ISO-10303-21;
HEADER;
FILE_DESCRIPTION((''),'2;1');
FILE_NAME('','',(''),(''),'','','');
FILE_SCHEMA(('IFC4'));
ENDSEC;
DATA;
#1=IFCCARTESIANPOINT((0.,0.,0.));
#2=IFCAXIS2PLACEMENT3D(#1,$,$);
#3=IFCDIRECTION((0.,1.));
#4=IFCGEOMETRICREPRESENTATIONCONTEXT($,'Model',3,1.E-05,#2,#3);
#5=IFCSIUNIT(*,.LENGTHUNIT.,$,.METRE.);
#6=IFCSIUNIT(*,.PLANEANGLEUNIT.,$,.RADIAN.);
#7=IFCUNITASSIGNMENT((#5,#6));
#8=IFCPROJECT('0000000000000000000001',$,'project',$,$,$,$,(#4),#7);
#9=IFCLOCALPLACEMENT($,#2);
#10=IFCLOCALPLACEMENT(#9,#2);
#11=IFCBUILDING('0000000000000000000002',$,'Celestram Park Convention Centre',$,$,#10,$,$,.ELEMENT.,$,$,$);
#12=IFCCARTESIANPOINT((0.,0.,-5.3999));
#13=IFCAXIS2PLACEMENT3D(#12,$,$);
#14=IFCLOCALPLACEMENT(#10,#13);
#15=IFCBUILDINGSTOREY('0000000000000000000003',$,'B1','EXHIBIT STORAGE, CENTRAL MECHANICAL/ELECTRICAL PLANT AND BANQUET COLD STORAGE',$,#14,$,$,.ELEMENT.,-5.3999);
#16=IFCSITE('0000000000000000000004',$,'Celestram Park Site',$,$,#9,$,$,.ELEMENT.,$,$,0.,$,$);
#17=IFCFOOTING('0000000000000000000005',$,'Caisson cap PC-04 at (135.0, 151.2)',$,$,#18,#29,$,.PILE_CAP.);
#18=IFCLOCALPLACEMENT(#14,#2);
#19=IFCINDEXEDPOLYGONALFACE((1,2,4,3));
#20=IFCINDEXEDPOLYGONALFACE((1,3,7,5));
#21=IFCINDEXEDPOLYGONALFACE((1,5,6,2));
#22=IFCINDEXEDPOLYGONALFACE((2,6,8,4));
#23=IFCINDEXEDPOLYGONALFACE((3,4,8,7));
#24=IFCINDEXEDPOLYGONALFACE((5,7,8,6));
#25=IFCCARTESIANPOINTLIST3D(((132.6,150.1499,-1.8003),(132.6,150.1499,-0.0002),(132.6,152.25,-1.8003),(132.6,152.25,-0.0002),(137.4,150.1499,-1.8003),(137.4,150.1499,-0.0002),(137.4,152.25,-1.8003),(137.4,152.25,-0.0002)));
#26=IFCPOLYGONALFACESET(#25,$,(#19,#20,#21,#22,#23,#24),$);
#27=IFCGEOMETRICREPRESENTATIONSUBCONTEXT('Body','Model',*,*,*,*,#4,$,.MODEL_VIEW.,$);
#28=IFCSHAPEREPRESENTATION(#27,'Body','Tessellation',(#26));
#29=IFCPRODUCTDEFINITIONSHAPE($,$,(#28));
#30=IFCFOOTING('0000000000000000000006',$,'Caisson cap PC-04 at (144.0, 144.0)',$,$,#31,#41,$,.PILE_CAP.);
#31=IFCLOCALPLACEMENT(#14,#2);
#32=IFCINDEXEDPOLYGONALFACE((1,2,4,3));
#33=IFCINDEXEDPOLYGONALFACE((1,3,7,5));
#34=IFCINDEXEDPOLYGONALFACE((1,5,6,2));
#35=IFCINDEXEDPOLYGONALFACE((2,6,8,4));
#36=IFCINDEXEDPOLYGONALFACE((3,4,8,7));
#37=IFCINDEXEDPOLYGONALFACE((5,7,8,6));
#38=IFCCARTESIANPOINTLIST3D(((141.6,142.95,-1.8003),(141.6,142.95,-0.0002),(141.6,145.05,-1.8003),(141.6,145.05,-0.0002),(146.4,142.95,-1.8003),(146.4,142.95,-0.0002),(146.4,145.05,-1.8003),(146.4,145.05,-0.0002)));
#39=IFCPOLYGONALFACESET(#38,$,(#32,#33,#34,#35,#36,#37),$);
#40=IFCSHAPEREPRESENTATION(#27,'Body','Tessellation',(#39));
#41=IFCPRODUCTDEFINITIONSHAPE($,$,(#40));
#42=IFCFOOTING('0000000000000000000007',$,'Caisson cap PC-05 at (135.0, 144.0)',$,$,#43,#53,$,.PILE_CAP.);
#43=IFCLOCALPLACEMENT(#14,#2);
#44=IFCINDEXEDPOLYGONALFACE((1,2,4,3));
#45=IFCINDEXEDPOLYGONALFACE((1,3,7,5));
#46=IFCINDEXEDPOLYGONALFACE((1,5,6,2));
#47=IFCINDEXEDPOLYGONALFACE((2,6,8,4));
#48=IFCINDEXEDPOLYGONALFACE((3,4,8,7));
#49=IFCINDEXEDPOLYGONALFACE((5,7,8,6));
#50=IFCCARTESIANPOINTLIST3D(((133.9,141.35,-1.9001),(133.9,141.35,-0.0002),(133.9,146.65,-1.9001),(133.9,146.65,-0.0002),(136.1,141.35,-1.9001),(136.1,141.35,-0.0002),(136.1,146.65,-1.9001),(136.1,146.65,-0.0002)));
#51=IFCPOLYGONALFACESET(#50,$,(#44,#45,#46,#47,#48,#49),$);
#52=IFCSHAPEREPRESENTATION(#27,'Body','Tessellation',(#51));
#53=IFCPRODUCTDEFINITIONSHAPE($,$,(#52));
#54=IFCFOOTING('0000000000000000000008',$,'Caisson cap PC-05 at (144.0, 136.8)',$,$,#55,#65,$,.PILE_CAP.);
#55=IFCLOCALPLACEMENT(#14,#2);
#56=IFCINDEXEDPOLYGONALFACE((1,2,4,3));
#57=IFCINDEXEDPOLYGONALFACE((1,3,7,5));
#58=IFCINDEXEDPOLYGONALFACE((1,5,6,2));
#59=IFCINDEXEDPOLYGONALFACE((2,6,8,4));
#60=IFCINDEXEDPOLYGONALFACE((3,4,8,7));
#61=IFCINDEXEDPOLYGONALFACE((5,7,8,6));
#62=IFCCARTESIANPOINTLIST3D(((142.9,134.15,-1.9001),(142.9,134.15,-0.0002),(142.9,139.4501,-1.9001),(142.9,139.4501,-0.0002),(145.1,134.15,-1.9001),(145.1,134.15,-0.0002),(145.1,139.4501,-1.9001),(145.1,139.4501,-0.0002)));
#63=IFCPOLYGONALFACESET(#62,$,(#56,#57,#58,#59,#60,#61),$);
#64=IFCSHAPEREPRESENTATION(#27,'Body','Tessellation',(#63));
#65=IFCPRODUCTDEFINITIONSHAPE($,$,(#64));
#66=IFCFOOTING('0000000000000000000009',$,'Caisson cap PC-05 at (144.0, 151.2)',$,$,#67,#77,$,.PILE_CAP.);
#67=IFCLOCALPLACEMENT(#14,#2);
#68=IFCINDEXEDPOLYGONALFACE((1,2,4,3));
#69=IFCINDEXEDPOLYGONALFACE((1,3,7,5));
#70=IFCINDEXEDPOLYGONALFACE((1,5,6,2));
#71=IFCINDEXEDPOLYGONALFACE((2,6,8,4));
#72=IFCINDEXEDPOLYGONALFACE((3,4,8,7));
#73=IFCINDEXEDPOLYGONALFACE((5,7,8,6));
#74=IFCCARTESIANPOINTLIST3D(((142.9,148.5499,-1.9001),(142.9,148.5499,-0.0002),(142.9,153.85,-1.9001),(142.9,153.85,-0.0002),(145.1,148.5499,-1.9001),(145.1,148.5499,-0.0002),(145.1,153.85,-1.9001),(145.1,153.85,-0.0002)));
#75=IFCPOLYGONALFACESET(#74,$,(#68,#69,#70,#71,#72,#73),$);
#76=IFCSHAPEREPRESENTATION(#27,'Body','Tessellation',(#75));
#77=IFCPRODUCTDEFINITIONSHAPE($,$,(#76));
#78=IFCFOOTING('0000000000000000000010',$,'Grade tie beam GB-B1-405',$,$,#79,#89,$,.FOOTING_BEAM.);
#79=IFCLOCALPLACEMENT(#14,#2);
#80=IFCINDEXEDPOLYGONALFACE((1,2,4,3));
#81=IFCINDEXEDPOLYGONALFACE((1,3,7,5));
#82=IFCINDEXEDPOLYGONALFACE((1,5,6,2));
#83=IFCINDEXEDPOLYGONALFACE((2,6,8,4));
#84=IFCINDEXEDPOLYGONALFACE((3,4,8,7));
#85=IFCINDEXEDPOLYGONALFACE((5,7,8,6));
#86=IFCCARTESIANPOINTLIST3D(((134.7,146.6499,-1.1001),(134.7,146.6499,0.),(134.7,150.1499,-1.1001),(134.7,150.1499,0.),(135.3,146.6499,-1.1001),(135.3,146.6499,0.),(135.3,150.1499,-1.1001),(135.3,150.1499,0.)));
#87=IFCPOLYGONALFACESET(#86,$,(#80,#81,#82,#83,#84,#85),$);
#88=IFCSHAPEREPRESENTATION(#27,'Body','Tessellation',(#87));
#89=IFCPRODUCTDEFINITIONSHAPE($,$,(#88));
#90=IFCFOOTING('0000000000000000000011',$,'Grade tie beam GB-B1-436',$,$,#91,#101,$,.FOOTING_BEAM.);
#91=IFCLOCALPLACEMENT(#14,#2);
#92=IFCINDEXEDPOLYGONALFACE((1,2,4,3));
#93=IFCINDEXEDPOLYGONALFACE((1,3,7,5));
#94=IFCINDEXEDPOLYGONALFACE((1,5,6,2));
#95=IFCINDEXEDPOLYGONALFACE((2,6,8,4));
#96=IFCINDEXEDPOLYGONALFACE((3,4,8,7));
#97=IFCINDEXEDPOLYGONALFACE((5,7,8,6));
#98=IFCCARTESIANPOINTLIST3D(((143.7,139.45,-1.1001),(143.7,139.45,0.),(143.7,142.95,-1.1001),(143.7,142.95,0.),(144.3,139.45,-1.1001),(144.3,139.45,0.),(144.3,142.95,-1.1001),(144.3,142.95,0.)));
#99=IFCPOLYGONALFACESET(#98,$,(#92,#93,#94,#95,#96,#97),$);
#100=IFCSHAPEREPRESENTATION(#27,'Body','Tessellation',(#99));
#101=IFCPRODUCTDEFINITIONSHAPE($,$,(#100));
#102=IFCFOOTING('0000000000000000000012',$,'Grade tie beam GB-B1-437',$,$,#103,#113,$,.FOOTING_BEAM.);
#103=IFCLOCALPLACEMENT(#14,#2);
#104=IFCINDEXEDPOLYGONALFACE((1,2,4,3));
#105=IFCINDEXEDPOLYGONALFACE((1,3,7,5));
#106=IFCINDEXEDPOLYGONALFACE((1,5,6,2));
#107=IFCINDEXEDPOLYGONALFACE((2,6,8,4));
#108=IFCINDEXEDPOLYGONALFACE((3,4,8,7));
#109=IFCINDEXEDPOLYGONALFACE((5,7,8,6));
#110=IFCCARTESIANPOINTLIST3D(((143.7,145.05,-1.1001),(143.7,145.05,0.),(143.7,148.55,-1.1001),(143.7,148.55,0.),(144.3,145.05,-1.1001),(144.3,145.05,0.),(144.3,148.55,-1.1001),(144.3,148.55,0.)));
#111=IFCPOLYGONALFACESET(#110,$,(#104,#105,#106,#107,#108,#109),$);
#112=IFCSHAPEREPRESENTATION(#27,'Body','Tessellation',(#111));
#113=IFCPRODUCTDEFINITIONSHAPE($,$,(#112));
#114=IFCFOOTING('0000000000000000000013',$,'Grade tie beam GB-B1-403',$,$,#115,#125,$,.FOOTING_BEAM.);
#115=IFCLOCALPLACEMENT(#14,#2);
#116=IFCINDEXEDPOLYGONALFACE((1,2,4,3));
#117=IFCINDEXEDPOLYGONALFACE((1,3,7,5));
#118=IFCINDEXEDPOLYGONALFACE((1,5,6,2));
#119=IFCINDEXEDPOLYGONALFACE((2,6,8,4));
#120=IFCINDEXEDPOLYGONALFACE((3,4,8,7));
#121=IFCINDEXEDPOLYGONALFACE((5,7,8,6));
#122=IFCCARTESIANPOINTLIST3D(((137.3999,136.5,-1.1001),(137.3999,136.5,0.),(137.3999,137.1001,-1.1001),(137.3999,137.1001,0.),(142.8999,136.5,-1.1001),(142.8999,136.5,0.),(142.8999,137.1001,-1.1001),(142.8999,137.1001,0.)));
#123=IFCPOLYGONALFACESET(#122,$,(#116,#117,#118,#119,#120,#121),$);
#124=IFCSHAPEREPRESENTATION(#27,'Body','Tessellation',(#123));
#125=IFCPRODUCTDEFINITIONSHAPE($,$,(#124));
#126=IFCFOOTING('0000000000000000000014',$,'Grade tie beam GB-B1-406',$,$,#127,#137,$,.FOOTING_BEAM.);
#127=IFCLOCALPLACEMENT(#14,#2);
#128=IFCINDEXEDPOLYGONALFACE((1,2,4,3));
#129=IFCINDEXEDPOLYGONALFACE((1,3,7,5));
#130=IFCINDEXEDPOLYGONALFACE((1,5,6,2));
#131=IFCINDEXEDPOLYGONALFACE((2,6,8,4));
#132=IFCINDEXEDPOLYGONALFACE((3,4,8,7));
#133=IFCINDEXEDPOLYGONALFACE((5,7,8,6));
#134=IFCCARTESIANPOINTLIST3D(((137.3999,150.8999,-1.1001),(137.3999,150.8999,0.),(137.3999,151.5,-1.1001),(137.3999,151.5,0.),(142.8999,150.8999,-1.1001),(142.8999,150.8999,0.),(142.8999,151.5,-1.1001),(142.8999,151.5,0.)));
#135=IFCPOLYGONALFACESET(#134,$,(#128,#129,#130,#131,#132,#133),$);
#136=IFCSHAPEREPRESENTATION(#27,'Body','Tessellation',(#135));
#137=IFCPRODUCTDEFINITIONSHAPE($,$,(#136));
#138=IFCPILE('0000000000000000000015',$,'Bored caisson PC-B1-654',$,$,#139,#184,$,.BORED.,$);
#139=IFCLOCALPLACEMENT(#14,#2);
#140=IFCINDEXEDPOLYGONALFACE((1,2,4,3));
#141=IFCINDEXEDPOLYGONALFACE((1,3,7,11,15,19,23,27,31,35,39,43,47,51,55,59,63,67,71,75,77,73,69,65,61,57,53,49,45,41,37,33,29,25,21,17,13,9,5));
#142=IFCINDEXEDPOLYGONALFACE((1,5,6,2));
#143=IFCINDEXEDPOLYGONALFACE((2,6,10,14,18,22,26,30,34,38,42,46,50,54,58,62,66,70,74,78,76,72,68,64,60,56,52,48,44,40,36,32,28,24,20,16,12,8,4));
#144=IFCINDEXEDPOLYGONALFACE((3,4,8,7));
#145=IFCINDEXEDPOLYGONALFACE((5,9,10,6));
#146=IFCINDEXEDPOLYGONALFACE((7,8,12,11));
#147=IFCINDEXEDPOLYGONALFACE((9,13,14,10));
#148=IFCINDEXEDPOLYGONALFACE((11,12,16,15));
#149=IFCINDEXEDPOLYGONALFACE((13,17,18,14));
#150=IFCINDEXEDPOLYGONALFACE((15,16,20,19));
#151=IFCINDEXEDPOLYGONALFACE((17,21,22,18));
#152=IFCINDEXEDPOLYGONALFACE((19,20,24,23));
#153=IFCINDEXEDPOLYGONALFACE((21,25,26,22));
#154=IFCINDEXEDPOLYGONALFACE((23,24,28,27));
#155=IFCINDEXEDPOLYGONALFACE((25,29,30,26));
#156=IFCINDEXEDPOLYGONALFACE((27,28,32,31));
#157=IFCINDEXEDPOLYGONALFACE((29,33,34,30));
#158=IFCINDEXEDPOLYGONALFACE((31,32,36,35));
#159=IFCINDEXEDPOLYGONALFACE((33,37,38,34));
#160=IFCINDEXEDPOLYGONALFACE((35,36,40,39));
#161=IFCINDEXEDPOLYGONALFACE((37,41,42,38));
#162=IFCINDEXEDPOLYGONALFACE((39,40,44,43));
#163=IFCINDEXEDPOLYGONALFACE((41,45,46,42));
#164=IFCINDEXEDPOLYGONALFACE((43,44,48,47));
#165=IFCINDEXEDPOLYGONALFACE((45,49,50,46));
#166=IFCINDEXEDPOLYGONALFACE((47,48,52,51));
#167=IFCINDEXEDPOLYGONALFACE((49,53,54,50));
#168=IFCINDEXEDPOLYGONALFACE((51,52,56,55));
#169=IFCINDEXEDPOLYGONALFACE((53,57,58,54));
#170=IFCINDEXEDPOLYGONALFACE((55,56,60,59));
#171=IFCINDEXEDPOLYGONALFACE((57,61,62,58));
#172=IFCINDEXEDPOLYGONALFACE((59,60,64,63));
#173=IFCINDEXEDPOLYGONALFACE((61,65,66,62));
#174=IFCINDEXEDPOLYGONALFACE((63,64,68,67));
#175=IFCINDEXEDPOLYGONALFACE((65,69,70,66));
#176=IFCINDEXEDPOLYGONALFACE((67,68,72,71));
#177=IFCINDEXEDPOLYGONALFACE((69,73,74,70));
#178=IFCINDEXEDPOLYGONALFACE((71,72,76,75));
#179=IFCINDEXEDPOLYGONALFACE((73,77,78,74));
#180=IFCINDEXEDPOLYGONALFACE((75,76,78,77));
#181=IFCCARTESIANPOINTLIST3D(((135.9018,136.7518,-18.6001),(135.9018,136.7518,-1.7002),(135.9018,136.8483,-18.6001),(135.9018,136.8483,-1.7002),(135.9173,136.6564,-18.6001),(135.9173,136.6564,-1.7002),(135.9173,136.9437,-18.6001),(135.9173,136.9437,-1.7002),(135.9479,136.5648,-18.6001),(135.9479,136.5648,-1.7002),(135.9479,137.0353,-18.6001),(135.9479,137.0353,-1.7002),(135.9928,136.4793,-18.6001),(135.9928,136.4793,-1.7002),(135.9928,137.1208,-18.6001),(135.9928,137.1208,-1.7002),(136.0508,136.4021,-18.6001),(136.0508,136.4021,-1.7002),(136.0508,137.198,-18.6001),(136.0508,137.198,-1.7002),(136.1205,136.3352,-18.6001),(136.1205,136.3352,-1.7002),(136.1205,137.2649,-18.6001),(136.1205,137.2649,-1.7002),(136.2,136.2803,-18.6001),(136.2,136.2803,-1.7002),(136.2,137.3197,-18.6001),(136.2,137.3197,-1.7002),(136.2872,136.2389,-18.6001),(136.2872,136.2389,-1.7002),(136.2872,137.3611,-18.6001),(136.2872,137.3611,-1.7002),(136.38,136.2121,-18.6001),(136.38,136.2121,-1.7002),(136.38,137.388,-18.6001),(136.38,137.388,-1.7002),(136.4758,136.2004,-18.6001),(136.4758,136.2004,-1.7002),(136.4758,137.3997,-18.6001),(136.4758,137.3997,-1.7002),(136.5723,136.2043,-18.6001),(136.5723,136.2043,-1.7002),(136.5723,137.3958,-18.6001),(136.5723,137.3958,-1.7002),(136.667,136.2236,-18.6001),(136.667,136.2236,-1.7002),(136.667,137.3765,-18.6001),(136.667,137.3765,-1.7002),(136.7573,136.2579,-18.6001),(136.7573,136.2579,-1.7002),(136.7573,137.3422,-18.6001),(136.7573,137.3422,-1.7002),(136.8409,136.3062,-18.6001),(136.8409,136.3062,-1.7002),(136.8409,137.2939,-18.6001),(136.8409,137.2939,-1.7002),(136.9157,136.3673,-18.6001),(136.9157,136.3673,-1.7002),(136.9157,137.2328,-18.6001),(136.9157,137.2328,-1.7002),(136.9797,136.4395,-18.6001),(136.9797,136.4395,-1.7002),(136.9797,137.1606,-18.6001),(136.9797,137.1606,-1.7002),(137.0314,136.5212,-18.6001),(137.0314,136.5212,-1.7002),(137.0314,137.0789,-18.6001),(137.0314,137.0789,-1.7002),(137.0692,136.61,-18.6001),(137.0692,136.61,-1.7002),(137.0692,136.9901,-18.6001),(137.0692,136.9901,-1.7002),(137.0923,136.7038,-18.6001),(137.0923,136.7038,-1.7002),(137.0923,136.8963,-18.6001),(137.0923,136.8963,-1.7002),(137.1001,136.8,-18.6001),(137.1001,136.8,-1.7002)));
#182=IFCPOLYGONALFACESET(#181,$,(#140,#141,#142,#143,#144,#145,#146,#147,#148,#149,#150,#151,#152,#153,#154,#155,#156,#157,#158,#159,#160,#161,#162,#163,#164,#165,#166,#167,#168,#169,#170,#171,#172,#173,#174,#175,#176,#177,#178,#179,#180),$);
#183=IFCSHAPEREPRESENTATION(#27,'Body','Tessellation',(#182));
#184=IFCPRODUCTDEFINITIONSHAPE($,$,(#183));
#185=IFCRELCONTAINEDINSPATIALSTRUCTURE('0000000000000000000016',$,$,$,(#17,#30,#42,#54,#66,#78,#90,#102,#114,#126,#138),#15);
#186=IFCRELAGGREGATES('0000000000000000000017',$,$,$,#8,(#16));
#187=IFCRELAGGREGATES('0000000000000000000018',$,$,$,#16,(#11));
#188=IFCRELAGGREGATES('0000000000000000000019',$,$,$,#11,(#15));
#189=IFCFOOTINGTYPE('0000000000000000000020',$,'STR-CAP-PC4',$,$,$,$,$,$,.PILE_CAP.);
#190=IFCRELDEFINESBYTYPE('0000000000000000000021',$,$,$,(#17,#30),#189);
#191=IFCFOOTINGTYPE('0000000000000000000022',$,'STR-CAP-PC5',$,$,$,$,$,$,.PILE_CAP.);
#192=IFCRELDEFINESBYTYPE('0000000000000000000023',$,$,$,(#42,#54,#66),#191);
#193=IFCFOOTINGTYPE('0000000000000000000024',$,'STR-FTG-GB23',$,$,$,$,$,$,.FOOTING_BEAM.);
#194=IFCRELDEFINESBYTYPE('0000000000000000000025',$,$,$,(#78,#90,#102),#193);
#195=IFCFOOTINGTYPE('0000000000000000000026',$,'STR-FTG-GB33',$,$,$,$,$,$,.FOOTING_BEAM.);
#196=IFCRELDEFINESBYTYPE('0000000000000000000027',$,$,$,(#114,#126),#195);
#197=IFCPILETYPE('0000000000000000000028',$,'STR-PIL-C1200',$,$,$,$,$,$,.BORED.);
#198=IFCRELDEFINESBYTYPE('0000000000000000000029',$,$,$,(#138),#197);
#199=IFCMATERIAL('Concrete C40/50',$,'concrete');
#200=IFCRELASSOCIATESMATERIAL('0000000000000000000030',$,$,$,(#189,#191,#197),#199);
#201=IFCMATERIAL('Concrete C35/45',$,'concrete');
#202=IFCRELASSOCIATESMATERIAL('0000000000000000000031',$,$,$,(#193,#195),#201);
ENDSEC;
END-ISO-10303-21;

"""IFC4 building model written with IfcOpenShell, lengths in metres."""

from ifc_helpers import new_model, si_unit, direction, frame, origin, origin_2d, place, context, subcontext, project, spatial, rectangle, circle, extrude, material, material_profile, profile_set, type_object, element, save


model = new_model("IFC4")

# Units and contexts
model_context = context("Model", 3, precision=1e-05, world=origin(), true_north=direction((0.0, 1.0)))
body_context = subcontext(model_context, "Body", "Model", "MODEL_VIEW")
ifc_project = project(units=[si_unit("LENGTHUNIT", "METRE"), si_unit("PLANEANGLEUNIT", "RADIAN")], contexts=[model_context])

# Site, building, storey
site_placement = place(None, origin())
site = spatial("IfcSite", under=ifc_project, at=site_placement, Name="Celestram Park Site", CompositionType="ELEMENT", RefElevation=0.0)
building_placement = place(site_placement, origin())
building = spatial("IfcBuilding", under=site, at=building_placement, Name="Celestram Park Convention Centre", CompositionType="ELEMENT")
storey_placement = place(building_placement, frame((0.0, 0.0, -5.3999)))
storey = spatial("IfcBuildingStorey", under=building, at=storey_placement, Name="B1", Description="EXHIBIT STORAGE, CENTRAL MECHANICAL/ELECTRICAL PLANT AND BANQUET COLD STORAGE", CompositionType="ELEMENT", Elevation=-5.3999)

# Footings
ifc_material_1 = material(Name="Concrete C40/50", Category="concrete")
footing_type_1 = type_object("IfcFootingType", Name="STR-CAP-PC4", PredefinedType="PILE_CAP", material=ifc_material_1)
for number, where, z_axis, x_axis, name in (
    (1, (135.0, 151.2, -1.8003), (0.0, 0.0, 1.0), (1.0, 0.0, 0.0), "Caisson cap PC-04 at (135.0, 151.2)"),
    (2, (144.0, 144.0, -1.8003), (0.0, 0.0, 1.0), (1.0, 0.0, 0.0), "Caisson cap PC-04 at (144.0, 144.0)"),
):
    element("IfcFooting", number, at=place(storey_placement, frame(where, z_axis=z_axis, x_axis=x_axis)), inside=storey, type_object=footing_type_1, Name=name, PredefinedType="PILE_CAP", context=body_context, shape_type="SweptSolid", body=[
        extrude(rectangle(XDim=4.8, YDim=2.1001, at=origin_2d()), origin(), (0.0, 0.0, 1.0), 1.8),
    ])
footing_type_2 = type_object("IfcFootingType", Name="STR-CAP-PC5", PredefinedType="PILE_CAP", material=ifc_material_1)
for number, where, z_axis, x_axis, name in (
    (3, (135.0, 144.0, -1.9001), (0.0, 0.0, 1.0), (1.0, 0.0, 0.0), "Caisson cap PC-05 at (135.0, 144.0)"),
    (4, (144.0, 136.8, -1.9001), (0.0, 0.0, 1.0), (1.0, 0.0, 0.0), "Caisson cap PC-05 at (144.0, 136.8)"),
    (5, (144.0, 151.2, -1.9001), (0.0, 0.0, 1.0), (1.0, 0.0, 0.0), "Caisson cap PC-05 at (144.0, 151.2)"),
):
    element("IfcFooting", number, at=place(storey_placement, frame(where, z_axis=z_axis, x_axis=x_axis)), inside=storey, type_object=footing_type_2, Name=name, PredefinedType="PILE_CAP", context=body_context, shape_type="SweptSolid", body=[
        extrude(rectangle(XDim=2.2, YDim=5.3, at=origin_2d()), origin(), (0.0, 0.0, 1.0), 1.8999),
    ])
ifc_material_2 = material(Name="Concrete C35/45", Category="concrete")
footing_type_3 = type_object("IfcFootingType", Name="STR-FTG-GB23", PredefinedType="FOOTING_BEAM", material=ifc_material_2)
for number, where, z_axis, x_axis, name in (
    (6, (135.0, 148.3999, -1.1001), (0.0, 0.0, 1.0), (0.0, 1.0, 0.0), "Grade tie beam GB-B1-405"),
    (7, (144.0, 141.2, -1.1001), (0.0, 0.0, 1.0), (0.0, 1.0, 0.0), "Grade tie beam GB-B1-436"),
    (8, (144.0, 146.8, -1.1001), (0.0, 0.0, 1.0), (0.0, 1.0, 0.0), "Grade tie beam GB-B1-437"),
):
    element("IfcFooting", number, at=place(storey_placement, frame(where, z_axis=z_axis, x_axis=x_axis)), inside=storey, type_object=footing_type_3, Name=name, PredefinedType="FOOTING_BEAM", context=body_context, shape_type="SweptSolid", body=[
        extrude(rectangle(XDim=3.5, YDim=0.6001, at=origin_2d()), origin(), (0.0, 0.0, 1.0), 1.1001),
    ])
footing_type_4 = type_object("IfcFootingType", Name="STR-FTG-GB33", PredefinedType="FOOTING_BEAM", material=ifc_material_2)
for number, where, z_axis, x_axis, name in (
    (9, (140.1499, 136.8, -1.1001), (0.0, 0.0, 1.0), (1.0, 0.0, 0.0), "Grade tie beam GB-B1-403"),
    (10, (140.1499, 151.2, -1.1001), (0.0, 0.0, 1.0), (1.0, 0.0, 0.0), "Grade tie beam GB-B1-406"),
):
    element("IfcFooting", number, at=place(storey_placement, frame(where, z_axis=z_axis, x_axis=x_axis)), inside=storey, type_object=footing_type_4, Name=name, PredefinedType="FOOTING_BEAM", context=body_context, shape_type="SweptSolid", body=[
        extrude(rectangle(XDim=5.5, YDim=0.6001, at=origin_2d()), origin(), (0.0, 0.0, 1.0), 1.1001),
    ])

# Pile
ifc_material_profile_1 = material_profile(ifc_material_1, circle(Radius=0.6001, at=origin_2d()), Name="CAISSON1200")
ifc_profile_set_1 = profile_set([ifc_material_profile_1], Name="Concrete C40/50")
pile_type_1 = type_object("IfcPileType", Name="STR-PIL-C1200", PredefinedType="BORED", material=ifc_profile_set_1)
for number, where, z_axis, x_axis, name in (
    (11, (136.5, 136.8, -1.7002), (0.0, 0.0, -1.0), (1.0, 0.0, 0.0), "Bored caisson PC-B1-654"),
):
    element("IfcPile", number, at=place(storey_placement, frame(where, z_axis=z_axis, x_axis=x_axis)), inside=storey, type_object=pile_type_1, Name=name, PredefinedType="BORED", context=body_context, shape_type="SweptSolid", body=[
        extrude(circle(Radius=0.6001, at=origin_2d()), origin(), (0.0, 0.0, 1.0), 16.8999),
    ])

save(model, "model.ifc")
